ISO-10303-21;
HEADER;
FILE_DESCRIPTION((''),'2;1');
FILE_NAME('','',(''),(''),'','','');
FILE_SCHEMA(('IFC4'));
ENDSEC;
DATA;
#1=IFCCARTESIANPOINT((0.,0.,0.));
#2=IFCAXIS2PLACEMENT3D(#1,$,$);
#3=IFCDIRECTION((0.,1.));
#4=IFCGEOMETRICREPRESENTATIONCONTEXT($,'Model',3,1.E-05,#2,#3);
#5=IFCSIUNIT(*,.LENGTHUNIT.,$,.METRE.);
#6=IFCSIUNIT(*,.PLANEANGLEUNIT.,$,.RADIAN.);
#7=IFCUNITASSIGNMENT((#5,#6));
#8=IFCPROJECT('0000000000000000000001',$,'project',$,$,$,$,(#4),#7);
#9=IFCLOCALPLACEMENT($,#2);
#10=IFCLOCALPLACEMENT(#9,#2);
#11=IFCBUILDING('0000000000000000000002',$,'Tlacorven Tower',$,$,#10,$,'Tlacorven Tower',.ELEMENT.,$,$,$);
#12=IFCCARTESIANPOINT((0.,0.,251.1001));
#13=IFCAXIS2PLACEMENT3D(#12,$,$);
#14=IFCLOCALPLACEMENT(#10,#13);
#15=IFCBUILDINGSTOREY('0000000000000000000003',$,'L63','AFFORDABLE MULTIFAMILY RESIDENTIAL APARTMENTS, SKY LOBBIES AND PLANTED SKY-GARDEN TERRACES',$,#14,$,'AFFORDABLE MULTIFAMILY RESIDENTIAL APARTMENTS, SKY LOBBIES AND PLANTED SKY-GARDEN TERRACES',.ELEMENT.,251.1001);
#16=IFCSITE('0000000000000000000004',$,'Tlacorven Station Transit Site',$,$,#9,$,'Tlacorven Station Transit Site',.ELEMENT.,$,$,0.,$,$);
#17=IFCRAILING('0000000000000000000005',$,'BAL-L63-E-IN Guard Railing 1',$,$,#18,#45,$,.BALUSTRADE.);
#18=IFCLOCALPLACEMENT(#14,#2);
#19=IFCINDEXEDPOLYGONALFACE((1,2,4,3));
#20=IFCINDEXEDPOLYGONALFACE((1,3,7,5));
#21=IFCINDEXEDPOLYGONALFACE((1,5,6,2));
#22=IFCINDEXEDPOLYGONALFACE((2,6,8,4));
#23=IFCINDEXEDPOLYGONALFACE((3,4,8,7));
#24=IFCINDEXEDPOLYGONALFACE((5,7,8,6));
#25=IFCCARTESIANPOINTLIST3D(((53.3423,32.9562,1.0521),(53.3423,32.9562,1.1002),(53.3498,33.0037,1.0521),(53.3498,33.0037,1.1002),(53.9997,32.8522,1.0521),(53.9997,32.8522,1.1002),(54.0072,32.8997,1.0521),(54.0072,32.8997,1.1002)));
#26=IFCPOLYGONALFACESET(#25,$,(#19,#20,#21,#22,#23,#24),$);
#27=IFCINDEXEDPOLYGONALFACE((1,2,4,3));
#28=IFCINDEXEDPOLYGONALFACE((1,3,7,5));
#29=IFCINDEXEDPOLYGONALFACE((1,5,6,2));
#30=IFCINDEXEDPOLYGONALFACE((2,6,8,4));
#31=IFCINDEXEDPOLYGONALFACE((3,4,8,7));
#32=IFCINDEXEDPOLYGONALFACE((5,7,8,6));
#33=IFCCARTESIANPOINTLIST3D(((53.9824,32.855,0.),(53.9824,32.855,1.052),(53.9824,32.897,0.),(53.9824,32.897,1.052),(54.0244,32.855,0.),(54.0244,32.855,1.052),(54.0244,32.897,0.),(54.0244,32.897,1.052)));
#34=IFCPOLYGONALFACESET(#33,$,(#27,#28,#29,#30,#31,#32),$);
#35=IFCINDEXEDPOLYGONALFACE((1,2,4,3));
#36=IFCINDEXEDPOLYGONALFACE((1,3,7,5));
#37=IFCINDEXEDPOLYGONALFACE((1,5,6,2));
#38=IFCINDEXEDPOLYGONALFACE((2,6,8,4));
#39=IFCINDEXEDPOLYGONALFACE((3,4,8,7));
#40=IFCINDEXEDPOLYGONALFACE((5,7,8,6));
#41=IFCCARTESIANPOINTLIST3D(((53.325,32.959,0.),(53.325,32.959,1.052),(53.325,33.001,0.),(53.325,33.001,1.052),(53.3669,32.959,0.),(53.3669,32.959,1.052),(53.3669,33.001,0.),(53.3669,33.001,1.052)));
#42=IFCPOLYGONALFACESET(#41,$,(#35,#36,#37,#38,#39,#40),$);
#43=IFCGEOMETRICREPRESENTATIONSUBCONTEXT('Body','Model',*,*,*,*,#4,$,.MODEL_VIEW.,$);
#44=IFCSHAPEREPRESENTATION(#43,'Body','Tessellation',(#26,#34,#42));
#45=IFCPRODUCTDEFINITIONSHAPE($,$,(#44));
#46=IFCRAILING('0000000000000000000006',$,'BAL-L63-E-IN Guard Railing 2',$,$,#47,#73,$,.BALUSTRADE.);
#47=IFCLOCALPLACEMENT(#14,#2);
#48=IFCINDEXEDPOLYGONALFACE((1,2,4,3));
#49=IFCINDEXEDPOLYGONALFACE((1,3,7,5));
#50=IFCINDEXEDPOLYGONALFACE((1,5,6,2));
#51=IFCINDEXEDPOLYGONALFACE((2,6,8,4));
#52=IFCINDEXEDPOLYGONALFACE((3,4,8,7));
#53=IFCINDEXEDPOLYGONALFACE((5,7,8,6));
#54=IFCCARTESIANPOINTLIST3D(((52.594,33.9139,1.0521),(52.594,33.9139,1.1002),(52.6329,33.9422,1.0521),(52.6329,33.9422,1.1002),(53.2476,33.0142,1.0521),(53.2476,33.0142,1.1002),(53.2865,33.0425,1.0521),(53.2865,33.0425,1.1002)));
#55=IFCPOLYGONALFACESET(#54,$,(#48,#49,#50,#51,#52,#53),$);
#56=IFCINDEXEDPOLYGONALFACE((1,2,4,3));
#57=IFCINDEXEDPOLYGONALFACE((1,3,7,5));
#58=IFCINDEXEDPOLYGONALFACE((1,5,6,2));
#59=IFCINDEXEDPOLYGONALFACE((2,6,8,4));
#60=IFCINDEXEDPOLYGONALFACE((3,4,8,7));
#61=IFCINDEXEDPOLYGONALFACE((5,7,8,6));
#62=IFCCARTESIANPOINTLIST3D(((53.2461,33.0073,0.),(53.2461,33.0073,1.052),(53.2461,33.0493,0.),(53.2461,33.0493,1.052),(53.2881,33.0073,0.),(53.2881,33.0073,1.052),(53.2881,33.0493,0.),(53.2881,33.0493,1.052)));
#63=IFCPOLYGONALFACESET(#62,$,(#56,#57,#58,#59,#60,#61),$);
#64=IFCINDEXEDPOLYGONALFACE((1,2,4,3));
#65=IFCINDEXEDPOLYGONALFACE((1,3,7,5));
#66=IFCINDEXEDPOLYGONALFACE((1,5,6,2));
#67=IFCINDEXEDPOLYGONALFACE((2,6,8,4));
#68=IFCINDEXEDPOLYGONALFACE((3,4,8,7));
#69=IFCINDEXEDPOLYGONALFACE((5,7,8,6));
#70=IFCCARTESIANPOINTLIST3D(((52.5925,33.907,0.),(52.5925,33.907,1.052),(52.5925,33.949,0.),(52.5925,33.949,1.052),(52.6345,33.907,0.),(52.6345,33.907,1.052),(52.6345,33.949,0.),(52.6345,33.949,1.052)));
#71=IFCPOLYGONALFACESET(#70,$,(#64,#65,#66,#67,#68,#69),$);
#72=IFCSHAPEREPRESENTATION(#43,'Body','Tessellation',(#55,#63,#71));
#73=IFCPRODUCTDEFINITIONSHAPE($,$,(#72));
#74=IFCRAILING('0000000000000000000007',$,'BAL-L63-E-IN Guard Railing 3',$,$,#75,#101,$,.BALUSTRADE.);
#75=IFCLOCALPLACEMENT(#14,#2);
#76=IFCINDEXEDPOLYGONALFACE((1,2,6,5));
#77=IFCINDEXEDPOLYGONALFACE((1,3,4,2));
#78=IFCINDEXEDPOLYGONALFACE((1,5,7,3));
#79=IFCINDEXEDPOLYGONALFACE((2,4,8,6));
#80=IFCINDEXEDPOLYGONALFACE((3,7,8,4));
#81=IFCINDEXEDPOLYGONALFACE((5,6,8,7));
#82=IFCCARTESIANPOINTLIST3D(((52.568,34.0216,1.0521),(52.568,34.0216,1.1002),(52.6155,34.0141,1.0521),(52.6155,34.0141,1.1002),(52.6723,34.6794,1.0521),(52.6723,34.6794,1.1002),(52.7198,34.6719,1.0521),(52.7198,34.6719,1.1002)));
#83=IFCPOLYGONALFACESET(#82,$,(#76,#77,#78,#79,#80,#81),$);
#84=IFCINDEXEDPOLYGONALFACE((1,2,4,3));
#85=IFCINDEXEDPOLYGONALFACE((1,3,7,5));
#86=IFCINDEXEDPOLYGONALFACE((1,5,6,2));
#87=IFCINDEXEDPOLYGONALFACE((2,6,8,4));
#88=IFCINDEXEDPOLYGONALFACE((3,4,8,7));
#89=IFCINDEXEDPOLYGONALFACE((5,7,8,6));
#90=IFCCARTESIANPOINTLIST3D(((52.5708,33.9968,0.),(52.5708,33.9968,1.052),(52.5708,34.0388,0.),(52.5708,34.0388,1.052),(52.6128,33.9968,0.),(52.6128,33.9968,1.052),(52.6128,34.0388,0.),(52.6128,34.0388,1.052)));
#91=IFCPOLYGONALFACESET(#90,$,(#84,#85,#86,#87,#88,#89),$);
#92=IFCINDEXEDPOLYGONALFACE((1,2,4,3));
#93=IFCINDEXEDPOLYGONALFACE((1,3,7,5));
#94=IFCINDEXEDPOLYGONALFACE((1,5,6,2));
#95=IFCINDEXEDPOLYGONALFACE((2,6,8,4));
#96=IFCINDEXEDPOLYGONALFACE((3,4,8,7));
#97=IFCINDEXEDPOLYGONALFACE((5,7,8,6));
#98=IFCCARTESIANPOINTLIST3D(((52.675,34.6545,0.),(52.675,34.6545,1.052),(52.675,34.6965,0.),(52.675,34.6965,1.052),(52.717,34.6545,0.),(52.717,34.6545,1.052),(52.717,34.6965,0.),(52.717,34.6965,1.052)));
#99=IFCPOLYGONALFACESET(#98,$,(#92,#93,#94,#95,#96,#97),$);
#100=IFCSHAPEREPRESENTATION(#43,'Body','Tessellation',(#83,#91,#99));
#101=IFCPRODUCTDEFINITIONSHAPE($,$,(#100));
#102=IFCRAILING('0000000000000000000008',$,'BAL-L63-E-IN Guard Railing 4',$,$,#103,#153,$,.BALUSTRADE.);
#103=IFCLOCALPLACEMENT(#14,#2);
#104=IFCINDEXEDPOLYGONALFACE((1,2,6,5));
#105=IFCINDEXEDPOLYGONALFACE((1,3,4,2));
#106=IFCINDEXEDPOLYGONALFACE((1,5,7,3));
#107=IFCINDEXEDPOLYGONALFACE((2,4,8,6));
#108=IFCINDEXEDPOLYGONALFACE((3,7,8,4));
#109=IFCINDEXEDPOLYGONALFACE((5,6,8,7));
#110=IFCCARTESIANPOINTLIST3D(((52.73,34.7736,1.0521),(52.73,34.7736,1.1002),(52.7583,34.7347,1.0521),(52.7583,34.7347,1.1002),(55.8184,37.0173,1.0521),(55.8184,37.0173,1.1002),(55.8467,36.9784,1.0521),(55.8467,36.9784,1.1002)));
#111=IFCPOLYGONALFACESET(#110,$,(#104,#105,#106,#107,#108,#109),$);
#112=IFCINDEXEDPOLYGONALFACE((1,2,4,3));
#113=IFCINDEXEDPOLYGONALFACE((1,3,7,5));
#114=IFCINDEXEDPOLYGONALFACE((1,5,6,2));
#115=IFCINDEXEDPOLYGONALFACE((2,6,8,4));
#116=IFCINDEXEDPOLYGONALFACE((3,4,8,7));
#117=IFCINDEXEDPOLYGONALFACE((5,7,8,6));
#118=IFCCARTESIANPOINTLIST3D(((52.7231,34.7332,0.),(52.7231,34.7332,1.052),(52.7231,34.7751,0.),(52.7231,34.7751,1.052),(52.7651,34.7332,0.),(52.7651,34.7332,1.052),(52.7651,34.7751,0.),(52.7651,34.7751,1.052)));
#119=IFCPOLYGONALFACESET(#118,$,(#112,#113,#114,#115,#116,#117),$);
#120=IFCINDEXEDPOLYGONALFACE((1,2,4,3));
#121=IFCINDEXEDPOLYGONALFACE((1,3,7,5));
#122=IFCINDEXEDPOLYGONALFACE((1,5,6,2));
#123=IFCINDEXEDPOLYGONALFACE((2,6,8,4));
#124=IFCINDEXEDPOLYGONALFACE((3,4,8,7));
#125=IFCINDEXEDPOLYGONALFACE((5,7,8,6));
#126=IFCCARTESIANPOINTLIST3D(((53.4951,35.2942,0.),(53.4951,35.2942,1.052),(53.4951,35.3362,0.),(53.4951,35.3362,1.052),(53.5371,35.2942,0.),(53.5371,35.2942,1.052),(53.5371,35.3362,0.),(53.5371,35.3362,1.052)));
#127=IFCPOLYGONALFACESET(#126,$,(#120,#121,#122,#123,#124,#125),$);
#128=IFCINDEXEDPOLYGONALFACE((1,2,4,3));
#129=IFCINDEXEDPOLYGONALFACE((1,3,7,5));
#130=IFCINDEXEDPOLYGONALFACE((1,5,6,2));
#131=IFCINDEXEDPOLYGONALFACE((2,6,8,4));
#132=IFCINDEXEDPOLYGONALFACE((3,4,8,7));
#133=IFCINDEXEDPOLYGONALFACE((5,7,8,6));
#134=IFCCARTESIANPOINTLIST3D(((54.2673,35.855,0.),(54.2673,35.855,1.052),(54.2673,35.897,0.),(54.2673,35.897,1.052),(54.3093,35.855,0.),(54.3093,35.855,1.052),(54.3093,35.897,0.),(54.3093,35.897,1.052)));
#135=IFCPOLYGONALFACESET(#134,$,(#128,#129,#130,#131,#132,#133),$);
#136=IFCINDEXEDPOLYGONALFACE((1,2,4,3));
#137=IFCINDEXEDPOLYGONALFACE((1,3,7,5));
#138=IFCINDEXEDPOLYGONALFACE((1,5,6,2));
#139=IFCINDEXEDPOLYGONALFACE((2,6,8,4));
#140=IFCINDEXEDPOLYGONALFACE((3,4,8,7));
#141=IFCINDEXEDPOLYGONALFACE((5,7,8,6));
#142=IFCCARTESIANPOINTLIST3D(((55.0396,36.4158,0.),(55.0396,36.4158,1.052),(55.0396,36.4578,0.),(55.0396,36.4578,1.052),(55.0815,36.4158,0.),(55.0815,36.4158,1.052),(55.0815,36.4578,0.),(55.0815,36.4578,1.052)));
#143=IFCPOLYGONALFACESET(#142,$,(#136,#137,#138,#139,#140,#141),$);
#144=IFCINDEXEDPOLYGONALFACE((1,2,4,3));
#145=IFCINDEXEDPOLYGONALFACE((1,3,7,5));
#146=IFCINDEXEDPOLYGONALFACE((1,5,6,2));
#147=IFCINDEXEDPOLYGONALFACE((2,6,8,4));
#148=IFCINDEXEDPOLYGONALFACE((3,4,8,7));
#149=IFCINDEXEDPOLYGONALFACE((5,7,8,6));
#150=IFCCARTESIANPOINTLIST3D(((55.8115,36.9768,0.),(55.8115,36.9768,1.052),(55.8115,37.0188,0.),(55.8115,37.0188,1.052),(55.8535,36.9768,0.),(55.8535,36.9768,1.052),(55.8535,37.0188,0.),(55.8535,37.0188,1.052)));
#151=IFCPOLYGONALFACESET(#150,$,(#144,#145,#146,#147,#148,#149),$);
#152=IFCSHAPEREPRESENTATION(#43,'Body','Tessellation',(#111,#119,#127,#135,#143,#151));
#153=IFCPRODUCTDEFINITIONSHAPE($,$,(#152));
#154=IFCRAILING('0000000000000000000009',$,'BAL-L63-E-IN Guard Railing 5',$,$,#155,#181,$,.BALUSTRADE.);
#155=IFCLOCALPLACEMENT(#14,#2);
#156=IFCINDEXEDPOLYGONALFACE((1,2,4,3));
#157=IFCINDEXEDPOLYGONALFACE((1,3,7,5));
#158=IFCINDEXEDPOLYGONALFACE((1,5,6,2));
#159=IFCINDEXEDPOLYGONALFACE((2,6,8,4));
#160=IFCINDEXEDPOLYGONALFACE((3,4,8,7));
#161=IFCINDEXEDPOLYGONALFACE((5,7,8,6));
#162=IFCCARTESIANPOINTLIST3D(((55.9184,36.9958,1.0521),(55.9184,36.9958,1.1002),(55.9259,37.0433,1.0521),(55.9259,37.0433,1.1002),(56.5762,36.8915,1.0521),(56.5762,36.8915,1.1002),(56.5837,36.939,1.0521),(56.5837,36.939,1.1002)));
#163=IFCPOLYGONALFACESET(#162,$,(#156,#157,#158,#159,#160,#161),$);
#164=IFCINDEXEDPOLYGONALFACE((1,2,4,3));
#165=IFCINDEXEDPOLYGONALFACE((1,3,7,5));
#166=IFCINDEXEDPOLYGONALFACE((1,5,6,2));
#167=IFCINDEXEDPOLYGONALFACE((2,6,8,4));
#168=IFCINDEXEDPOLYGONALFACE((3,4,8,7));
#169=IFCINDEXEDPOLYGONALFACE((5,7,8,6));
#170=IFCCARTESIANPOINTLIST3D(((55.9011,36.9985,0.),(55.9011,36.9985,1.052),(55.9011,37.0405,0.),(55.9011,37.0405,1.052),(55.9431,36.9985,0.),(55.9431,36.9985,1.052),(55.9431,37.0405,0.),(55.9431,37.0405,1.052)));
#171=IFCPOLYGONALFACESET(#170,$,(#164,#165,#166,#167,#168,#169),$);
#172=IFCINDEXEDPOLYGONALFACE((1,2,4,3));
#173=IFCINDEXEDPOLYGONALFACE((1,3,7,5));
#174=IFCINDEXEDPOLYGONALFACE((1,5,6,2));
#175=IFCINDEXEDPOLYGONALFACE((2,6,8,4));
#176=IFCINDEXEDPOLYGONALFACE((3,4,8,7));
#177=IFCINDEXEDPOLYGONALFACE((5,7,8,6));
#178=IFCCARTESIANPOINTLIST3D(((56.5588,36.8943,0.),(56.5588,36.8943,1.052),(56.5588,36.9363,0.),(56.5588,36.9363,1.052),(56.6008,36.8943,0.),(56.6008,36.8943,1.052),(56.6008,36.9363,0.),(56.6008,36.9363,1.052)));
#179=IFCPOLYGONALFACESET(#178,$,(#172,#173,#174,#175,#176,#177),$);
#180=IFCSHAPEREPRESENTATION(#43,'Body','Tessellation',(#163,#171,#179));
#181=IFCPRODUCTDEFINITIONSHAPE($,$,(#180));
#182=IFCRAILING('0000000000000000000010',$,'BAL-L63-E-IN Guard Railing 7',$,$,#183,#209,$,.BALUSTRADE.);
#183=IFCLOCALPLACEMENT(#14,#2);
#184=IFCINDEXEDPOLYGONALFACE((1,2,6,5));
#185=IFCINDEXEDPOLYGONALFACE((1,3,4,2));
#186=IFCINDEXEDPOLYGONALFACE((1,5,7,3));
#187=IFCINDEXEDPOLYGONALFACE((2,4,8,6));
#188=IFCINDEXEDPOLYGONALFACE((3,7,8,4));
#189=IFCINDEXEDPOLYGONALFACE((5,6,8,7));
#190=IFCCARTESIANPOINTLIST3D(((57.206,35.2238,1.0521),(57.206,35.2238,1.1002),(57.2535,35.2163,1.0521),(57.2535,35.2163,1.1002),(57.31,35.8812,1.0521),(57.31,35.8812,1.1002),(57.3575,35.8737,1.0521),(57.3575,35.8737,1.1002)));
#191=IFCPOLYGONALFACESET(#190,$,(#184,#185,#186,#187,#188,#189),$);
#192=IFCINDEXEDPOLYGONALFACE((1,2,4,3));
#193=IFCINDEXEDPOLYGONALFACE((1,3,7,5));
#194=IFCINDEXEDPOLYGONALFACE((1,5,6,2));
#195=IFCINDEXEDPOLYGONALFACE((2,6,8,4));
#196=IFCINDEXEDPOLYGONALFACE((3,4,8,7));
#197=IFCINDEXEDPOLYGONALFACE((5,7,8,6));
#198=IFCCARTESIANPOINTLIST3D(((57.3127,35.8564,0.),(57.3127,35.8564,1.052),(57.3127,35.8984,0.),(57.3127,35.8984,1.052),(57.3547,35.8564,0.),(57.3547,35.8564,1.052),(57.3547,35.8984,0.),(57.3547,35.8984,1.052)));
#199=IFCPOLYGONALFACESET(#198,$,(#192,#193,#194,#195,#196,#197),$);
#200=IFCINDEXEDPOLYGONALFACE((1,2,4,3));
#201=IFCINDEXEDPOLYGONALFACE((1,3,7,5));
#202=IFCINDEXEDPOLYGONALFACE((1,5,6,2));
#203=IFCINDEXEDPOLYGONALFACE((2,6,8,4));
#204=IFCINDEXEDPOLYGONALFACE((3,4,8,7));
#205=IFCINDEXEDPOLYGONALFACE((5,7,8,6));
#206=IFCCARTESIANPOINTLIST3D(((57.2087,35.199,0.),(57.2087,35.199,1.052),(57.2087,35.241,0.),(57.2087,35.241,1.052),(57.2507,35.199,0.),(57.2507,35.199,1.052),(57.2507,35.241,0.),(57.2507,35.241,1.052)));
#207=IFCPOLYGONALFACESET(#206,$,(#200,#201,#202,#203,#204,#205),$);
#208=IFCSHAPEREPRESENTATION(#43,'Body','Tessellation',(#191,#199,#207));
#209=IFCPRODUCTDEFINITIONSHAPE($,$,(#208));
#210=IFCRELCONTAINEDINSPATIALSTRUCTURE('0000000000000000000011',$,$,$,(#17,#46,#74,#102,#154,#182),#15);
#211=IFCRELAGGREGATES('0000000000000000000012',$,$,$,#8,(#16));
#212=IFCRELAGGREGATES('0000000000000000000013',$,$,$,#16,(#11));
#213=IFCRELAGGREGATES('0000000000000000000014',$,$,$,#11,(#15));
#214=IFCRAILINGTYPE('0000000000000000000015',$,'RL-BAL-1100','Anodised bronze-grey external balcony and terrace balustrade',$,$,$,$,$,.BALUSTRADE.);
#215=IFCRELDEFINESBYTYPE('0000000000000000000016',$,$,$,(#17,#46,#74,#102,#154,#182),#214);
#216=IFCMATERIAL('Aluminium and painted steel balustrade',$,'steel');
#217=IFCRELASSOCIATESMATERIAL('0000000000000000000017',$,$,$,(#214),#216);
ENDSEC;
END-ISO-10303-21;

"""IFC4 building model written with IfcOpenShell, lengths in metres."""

from ifc_helpers import new_model, si_unit, direction, frame, origin, origin_2d, place, context, subcontext, project, spatial, rectangle, extrude, source, transform, mapped, material, type_object, element, save


model = new_model("IFC4")

# Units and contexts
model_context = context("Model", 3, precision=1e-05, world=origin(), true_north=direction((0.0, 1.0)))
body_context = subcontext(model_context, "Body", "Model", "MODEL_VIEW")
ifc_project = project(units=[si_unit("LENGTHUNIT", "METRE"), si_unit("PLANEANGLEUNIT", "RADIAN")], contexts=[model_context])

# Site, building, storey
site_placement = place(None, origin())
site = spatial("IfcSite", under=ifc_project, at=site_placement, Name="Tlacorven Station Transit Site", LongName="Tlacorven Station Transit Site", CompositionType="ELEMENT", RefElevation=0.0)
building_placement = place(site_placement, origin())
building = spatial("IfcBuilding", under=site, at=building_placement, Name="Tlacorven Tower", LongName="Tlacorven Tower", CompositionType="ELEMENT")
storey_placement = place(building_placement, frame((0.0, 0.0, 251.1001)))
storey = spatial("IfcBuildingStorey", under=building, at=storey_placement, Name="L63", Description="AFFORDABLE MULTIFAMILY RESIDENTIAL APARTMENTS, SKY LOBBIES AND PLANTED SKY-GARDEN TERRACES", LongName="AFFORDABLE MULTIFAMILY RESIDENTIAL APARTMENTS, SKY LOBBIES AND PLANTED SKY-GARDEN TERRACES", CompositionType="ELEMENT", Elevation=251.1001)

# Railings
ifc_material_1 = material(Name="Aluminium and painted steel balustrade", Category="steel")
railing_type_1 = type_object("IfcRailingType", Name="RL-BAL-1100", Description="Anodised bronze-grey external balcony and terrace balustrade", PredefinedType="BALUSTRADE", material=ifc_material_1)
shared_shape_1 = source(origin(), body_context, "Body", "SweptSolid", [
    extrude(rectangle(XDim=0.0481, YDim=0.0481, at=origin_2d()), frame((0.0, 0.0, 1.0762), z_axis=(-0.987718, 0.156245, 0.0), x_axis=(-0.156245, -0.987718, 0.0)), (0.0, 0.0, 1.0), 0.6655),
    extrude(rectangle(XDim=0.042, YDim=0.042, at=origin_2d()), origin(), (0.0, 0.0, 1.0), 1.052),
    extrude(rectangle(XDim=0.042, YDim=0.042, at=origin_2d()), frame((-0.6575, 0.104, 0.0)), (0.0, 0.0, 1.0), 1.052),
])
railing_1_placement = place(storey_placement, frame((54.0034, 32.876, 0.0)))
element("IfcRailing", 1, at=railing_1_placement, inside=storey, type_object=railing_type_1, Name="BAL-L63-E-IN Guard Railing 1", PredefinedType="BALUSTRADE", context=body_context, shape_type="MappedRepresentation", body=[
    mapped(shared_shape_1, transform((0.0, 0.0, 0.0), scale=1.0)),
])
shared_shape_2 = source(origin(), body_context, "Body", "SweptSolid", [
    extrude(rectangle(XDim=0.0481, YDim=0.0481, at=origin_2d()), frame((0.0, 0.0, 1.0762), z_axis=(-0.587741, 0.809049, 0.0), x_axis=(-0.809049, -0.587741, 0.0)), (0.0, 0.0, 1.0), 1.1121),
    extrude(rectangle(XDim=0.042, YDim=0.042, at=origin_2d()), origin(), (0.0, 0.0, 1.0), 1.052),
    extrude(rectangle(XDim=0.042, YDim=0.042, at=origin_2d()), frame((-0.6536, 0.8997, 0.0)), (0.0, 0.0, 1.0), 1.052),
])
railing_2_placement = place(storey_placement, frame((53.2671, 33.0283, 0.0)))
element("IfcRailing", 2, at=railing_2_placement, inside=storey, type_object=railing_type_1, Name="BAL-L63-E-IN Guard Railing 2", PredefinedType="BALUSTRADE", context=body_context, shape_type="MappedRepresentation", body=[
    mapped(shared_shape_2, transform((0.0, 0.0, 0.0), scale=1.0)),
])
shared_shape_3 = source(origin(), body_context, "Body", "SweptSolid", [
    extrude(rectangle(XDim=0.0481, YDim=0.0481, at=origin_2d()), frame((0.0, 0.0, 1.0762), z_axis=(0.156546, 0.987671, 0.0), x_axis=(-0.987671, 0.156546, 0.0)), (0.0, 0.0, 1.0), 0.666),
    extrude(rectangle(XDim=0.042, YDim=0.042, at=origin_2d()), origin(), (0.0, 0.0, 1.0), 1.052),
    extrude(rectangle(XDim=0.042, YDim=0.042, at=origin_2d()), frame((0.1042, 0.6577, 0.0)), (0.0, 0.0, 1.0), 1.052),
])
railing_3_placement = place(storey_placement, frame((52.5918, 34.0178, 0.0)))
element("IfcRailing", 3, at=railing_3_placement, inside=storey, type_object=railing_type_1, Name="BAL-L63-E-IN Guard Railing 3", PredefinedType="BALUSTRADE", context=body_context, shape_type="MappedRepresentation", body=[
    mapped(shared_shape_3, transform((0.0, 0.0, 0.0), scale=1.0)),
])
shared_shape_4 = source(origin(), body_context, "Body", "SweptSolid", [
    extrude(rectangle(XDim=0.0481, YDim=0.0481, at=origin_2d()), frame((0.0, 0.0, 1.0762), z_axis=(0.80904, 0.587753, 0.0), x_axis=(-0.587753, 0.80904, 0.0)), (0.0, 0.0, 1.0), 3.8174),
    extrude(rectangle(XDim=0.042, YDim=0.042, at=origin_2d()), origin(), (0.0, 0.0, 1.0), 1.052),
    extrude(rectangle(XDim=0.042, YDim=0.042, at=origin_2d()), frame((0.772, 0.561, 0.0)), (0.0, 0.0, 1.0), 1.052),
    extrude(rectangle(XDim=0.042, YDim=0.042, at=origin_2d()), frame((1.5442, 1.1218, 0.0)), (0.0, 0.0, 1.0), 1.052),
    extrude(rectangle(XDim=0.042, YDim=0.042, at=origin_2d()), frame((2.3164, 1.6826, 0.0)), (0.0, 0.0, 1.0), 1.052),
    extrude(rectangle(XDim=0.042, YDim=0.042, at=origin_2d()), frame((3.0884, 2.2437, 0.0)), (0.0, 0.0, 1.0), 1.052),
])
railing_4_placement = place(storey_placement, frame((52.7441, 34.7542, 0.0)))
element("IfcRailing", 4, at=railing_4_placement, inside=storey, type_object=railing_type_1, Name="BAL-L63-E-IN Guard Railing 4", PredefinedType="BALUSTRADE", context=body_context, shape_type="MappedRepresentation", body=[
    mapped(shared_shape_4, transform((0.0, 0.0, 0.0), scale=1.0)),
])
shared_shape_5 = source(origin(), body_context, "Body", "SweptSolid", [
    extrude(rectangle(XDim=0.0481, YDim=0.0481, at=origin_2d()), frame((0.0, 0.0, 1.0762), z_axis=(0.987671, -0.156546, 0.0), x_axis=(0.156546, 0.987671, 0.0)), (0.0, 0.0, 1.0), 0.666),
    extrude(rectangle(XDim=0.042, YDim=0.042, at=origin_2d()), origin(), (0.0, 0.0, 1.0), 1.052),
    extrude(rectangle(XDim=0.042, YDim=0.042, at=origin_2d()), frame((0.6577, -0.1042, 0.0)), (0.0, 0.0, 1.0), 1.052),
])
railing_5_placement = place(storey_placement, frame((55.9221, 37.0195, 0.0)))
element("IfcRailing", 5, at=railing_5_placement, inside=storey, type_object=railing_type_1, Name="BAL-L63-E-IN Guard Railing 5", PredefinedType="BALUSTRADE", context=body_context, shape_type="MappedRepresentation", body=[
    mapped(shared_shape_5, transform((0.0, 0.0, 0.0), scale=1.0)),
])
shared_shape_6 = source(origin(), body_context, "Body", "SweptSolid", [
    extrude(rectangle(XDim=0.0481, YDim=0.0481, at=origin_2d()), frame((0.0, 0.0, 1.0762), z_axis=(-0.156245, -0.987718, 0.0), x_axis=(0.987718, -0.156245, 0.0)), (0.0, 0.0, 1.0), 0.6655),
    extrude(rectangle(XDim=0.042, YDim=0.042, at=origin_2d()), origin(), (0.0, 0.0, 1.0), 1.052),
    extrude(rectangle(XDim=0.042, YDim=0.042, at=origin_2d()), frame((-0.104, -0.6575, 0.0)), (0.0, 0.0, 1.0), 1.052),
])
railing_6_placement = place(storey_placement, frame((57.3337, 35.8774, 0.0)))
element("IfcRailing", 6, at=railing_6_placement, inside=storey, type_object=railing_type_1, Name="BAL-L63-E-IN Guard Railing 7", PredefinedType="BALUSTRADE", context=body_context, shape_type="MappedRepresentation", body=[
    mapped(shared_shape_6, transform((0.0, 0.0, 0.0), scale=1.0)),
])

save(model, "model.ifc")
